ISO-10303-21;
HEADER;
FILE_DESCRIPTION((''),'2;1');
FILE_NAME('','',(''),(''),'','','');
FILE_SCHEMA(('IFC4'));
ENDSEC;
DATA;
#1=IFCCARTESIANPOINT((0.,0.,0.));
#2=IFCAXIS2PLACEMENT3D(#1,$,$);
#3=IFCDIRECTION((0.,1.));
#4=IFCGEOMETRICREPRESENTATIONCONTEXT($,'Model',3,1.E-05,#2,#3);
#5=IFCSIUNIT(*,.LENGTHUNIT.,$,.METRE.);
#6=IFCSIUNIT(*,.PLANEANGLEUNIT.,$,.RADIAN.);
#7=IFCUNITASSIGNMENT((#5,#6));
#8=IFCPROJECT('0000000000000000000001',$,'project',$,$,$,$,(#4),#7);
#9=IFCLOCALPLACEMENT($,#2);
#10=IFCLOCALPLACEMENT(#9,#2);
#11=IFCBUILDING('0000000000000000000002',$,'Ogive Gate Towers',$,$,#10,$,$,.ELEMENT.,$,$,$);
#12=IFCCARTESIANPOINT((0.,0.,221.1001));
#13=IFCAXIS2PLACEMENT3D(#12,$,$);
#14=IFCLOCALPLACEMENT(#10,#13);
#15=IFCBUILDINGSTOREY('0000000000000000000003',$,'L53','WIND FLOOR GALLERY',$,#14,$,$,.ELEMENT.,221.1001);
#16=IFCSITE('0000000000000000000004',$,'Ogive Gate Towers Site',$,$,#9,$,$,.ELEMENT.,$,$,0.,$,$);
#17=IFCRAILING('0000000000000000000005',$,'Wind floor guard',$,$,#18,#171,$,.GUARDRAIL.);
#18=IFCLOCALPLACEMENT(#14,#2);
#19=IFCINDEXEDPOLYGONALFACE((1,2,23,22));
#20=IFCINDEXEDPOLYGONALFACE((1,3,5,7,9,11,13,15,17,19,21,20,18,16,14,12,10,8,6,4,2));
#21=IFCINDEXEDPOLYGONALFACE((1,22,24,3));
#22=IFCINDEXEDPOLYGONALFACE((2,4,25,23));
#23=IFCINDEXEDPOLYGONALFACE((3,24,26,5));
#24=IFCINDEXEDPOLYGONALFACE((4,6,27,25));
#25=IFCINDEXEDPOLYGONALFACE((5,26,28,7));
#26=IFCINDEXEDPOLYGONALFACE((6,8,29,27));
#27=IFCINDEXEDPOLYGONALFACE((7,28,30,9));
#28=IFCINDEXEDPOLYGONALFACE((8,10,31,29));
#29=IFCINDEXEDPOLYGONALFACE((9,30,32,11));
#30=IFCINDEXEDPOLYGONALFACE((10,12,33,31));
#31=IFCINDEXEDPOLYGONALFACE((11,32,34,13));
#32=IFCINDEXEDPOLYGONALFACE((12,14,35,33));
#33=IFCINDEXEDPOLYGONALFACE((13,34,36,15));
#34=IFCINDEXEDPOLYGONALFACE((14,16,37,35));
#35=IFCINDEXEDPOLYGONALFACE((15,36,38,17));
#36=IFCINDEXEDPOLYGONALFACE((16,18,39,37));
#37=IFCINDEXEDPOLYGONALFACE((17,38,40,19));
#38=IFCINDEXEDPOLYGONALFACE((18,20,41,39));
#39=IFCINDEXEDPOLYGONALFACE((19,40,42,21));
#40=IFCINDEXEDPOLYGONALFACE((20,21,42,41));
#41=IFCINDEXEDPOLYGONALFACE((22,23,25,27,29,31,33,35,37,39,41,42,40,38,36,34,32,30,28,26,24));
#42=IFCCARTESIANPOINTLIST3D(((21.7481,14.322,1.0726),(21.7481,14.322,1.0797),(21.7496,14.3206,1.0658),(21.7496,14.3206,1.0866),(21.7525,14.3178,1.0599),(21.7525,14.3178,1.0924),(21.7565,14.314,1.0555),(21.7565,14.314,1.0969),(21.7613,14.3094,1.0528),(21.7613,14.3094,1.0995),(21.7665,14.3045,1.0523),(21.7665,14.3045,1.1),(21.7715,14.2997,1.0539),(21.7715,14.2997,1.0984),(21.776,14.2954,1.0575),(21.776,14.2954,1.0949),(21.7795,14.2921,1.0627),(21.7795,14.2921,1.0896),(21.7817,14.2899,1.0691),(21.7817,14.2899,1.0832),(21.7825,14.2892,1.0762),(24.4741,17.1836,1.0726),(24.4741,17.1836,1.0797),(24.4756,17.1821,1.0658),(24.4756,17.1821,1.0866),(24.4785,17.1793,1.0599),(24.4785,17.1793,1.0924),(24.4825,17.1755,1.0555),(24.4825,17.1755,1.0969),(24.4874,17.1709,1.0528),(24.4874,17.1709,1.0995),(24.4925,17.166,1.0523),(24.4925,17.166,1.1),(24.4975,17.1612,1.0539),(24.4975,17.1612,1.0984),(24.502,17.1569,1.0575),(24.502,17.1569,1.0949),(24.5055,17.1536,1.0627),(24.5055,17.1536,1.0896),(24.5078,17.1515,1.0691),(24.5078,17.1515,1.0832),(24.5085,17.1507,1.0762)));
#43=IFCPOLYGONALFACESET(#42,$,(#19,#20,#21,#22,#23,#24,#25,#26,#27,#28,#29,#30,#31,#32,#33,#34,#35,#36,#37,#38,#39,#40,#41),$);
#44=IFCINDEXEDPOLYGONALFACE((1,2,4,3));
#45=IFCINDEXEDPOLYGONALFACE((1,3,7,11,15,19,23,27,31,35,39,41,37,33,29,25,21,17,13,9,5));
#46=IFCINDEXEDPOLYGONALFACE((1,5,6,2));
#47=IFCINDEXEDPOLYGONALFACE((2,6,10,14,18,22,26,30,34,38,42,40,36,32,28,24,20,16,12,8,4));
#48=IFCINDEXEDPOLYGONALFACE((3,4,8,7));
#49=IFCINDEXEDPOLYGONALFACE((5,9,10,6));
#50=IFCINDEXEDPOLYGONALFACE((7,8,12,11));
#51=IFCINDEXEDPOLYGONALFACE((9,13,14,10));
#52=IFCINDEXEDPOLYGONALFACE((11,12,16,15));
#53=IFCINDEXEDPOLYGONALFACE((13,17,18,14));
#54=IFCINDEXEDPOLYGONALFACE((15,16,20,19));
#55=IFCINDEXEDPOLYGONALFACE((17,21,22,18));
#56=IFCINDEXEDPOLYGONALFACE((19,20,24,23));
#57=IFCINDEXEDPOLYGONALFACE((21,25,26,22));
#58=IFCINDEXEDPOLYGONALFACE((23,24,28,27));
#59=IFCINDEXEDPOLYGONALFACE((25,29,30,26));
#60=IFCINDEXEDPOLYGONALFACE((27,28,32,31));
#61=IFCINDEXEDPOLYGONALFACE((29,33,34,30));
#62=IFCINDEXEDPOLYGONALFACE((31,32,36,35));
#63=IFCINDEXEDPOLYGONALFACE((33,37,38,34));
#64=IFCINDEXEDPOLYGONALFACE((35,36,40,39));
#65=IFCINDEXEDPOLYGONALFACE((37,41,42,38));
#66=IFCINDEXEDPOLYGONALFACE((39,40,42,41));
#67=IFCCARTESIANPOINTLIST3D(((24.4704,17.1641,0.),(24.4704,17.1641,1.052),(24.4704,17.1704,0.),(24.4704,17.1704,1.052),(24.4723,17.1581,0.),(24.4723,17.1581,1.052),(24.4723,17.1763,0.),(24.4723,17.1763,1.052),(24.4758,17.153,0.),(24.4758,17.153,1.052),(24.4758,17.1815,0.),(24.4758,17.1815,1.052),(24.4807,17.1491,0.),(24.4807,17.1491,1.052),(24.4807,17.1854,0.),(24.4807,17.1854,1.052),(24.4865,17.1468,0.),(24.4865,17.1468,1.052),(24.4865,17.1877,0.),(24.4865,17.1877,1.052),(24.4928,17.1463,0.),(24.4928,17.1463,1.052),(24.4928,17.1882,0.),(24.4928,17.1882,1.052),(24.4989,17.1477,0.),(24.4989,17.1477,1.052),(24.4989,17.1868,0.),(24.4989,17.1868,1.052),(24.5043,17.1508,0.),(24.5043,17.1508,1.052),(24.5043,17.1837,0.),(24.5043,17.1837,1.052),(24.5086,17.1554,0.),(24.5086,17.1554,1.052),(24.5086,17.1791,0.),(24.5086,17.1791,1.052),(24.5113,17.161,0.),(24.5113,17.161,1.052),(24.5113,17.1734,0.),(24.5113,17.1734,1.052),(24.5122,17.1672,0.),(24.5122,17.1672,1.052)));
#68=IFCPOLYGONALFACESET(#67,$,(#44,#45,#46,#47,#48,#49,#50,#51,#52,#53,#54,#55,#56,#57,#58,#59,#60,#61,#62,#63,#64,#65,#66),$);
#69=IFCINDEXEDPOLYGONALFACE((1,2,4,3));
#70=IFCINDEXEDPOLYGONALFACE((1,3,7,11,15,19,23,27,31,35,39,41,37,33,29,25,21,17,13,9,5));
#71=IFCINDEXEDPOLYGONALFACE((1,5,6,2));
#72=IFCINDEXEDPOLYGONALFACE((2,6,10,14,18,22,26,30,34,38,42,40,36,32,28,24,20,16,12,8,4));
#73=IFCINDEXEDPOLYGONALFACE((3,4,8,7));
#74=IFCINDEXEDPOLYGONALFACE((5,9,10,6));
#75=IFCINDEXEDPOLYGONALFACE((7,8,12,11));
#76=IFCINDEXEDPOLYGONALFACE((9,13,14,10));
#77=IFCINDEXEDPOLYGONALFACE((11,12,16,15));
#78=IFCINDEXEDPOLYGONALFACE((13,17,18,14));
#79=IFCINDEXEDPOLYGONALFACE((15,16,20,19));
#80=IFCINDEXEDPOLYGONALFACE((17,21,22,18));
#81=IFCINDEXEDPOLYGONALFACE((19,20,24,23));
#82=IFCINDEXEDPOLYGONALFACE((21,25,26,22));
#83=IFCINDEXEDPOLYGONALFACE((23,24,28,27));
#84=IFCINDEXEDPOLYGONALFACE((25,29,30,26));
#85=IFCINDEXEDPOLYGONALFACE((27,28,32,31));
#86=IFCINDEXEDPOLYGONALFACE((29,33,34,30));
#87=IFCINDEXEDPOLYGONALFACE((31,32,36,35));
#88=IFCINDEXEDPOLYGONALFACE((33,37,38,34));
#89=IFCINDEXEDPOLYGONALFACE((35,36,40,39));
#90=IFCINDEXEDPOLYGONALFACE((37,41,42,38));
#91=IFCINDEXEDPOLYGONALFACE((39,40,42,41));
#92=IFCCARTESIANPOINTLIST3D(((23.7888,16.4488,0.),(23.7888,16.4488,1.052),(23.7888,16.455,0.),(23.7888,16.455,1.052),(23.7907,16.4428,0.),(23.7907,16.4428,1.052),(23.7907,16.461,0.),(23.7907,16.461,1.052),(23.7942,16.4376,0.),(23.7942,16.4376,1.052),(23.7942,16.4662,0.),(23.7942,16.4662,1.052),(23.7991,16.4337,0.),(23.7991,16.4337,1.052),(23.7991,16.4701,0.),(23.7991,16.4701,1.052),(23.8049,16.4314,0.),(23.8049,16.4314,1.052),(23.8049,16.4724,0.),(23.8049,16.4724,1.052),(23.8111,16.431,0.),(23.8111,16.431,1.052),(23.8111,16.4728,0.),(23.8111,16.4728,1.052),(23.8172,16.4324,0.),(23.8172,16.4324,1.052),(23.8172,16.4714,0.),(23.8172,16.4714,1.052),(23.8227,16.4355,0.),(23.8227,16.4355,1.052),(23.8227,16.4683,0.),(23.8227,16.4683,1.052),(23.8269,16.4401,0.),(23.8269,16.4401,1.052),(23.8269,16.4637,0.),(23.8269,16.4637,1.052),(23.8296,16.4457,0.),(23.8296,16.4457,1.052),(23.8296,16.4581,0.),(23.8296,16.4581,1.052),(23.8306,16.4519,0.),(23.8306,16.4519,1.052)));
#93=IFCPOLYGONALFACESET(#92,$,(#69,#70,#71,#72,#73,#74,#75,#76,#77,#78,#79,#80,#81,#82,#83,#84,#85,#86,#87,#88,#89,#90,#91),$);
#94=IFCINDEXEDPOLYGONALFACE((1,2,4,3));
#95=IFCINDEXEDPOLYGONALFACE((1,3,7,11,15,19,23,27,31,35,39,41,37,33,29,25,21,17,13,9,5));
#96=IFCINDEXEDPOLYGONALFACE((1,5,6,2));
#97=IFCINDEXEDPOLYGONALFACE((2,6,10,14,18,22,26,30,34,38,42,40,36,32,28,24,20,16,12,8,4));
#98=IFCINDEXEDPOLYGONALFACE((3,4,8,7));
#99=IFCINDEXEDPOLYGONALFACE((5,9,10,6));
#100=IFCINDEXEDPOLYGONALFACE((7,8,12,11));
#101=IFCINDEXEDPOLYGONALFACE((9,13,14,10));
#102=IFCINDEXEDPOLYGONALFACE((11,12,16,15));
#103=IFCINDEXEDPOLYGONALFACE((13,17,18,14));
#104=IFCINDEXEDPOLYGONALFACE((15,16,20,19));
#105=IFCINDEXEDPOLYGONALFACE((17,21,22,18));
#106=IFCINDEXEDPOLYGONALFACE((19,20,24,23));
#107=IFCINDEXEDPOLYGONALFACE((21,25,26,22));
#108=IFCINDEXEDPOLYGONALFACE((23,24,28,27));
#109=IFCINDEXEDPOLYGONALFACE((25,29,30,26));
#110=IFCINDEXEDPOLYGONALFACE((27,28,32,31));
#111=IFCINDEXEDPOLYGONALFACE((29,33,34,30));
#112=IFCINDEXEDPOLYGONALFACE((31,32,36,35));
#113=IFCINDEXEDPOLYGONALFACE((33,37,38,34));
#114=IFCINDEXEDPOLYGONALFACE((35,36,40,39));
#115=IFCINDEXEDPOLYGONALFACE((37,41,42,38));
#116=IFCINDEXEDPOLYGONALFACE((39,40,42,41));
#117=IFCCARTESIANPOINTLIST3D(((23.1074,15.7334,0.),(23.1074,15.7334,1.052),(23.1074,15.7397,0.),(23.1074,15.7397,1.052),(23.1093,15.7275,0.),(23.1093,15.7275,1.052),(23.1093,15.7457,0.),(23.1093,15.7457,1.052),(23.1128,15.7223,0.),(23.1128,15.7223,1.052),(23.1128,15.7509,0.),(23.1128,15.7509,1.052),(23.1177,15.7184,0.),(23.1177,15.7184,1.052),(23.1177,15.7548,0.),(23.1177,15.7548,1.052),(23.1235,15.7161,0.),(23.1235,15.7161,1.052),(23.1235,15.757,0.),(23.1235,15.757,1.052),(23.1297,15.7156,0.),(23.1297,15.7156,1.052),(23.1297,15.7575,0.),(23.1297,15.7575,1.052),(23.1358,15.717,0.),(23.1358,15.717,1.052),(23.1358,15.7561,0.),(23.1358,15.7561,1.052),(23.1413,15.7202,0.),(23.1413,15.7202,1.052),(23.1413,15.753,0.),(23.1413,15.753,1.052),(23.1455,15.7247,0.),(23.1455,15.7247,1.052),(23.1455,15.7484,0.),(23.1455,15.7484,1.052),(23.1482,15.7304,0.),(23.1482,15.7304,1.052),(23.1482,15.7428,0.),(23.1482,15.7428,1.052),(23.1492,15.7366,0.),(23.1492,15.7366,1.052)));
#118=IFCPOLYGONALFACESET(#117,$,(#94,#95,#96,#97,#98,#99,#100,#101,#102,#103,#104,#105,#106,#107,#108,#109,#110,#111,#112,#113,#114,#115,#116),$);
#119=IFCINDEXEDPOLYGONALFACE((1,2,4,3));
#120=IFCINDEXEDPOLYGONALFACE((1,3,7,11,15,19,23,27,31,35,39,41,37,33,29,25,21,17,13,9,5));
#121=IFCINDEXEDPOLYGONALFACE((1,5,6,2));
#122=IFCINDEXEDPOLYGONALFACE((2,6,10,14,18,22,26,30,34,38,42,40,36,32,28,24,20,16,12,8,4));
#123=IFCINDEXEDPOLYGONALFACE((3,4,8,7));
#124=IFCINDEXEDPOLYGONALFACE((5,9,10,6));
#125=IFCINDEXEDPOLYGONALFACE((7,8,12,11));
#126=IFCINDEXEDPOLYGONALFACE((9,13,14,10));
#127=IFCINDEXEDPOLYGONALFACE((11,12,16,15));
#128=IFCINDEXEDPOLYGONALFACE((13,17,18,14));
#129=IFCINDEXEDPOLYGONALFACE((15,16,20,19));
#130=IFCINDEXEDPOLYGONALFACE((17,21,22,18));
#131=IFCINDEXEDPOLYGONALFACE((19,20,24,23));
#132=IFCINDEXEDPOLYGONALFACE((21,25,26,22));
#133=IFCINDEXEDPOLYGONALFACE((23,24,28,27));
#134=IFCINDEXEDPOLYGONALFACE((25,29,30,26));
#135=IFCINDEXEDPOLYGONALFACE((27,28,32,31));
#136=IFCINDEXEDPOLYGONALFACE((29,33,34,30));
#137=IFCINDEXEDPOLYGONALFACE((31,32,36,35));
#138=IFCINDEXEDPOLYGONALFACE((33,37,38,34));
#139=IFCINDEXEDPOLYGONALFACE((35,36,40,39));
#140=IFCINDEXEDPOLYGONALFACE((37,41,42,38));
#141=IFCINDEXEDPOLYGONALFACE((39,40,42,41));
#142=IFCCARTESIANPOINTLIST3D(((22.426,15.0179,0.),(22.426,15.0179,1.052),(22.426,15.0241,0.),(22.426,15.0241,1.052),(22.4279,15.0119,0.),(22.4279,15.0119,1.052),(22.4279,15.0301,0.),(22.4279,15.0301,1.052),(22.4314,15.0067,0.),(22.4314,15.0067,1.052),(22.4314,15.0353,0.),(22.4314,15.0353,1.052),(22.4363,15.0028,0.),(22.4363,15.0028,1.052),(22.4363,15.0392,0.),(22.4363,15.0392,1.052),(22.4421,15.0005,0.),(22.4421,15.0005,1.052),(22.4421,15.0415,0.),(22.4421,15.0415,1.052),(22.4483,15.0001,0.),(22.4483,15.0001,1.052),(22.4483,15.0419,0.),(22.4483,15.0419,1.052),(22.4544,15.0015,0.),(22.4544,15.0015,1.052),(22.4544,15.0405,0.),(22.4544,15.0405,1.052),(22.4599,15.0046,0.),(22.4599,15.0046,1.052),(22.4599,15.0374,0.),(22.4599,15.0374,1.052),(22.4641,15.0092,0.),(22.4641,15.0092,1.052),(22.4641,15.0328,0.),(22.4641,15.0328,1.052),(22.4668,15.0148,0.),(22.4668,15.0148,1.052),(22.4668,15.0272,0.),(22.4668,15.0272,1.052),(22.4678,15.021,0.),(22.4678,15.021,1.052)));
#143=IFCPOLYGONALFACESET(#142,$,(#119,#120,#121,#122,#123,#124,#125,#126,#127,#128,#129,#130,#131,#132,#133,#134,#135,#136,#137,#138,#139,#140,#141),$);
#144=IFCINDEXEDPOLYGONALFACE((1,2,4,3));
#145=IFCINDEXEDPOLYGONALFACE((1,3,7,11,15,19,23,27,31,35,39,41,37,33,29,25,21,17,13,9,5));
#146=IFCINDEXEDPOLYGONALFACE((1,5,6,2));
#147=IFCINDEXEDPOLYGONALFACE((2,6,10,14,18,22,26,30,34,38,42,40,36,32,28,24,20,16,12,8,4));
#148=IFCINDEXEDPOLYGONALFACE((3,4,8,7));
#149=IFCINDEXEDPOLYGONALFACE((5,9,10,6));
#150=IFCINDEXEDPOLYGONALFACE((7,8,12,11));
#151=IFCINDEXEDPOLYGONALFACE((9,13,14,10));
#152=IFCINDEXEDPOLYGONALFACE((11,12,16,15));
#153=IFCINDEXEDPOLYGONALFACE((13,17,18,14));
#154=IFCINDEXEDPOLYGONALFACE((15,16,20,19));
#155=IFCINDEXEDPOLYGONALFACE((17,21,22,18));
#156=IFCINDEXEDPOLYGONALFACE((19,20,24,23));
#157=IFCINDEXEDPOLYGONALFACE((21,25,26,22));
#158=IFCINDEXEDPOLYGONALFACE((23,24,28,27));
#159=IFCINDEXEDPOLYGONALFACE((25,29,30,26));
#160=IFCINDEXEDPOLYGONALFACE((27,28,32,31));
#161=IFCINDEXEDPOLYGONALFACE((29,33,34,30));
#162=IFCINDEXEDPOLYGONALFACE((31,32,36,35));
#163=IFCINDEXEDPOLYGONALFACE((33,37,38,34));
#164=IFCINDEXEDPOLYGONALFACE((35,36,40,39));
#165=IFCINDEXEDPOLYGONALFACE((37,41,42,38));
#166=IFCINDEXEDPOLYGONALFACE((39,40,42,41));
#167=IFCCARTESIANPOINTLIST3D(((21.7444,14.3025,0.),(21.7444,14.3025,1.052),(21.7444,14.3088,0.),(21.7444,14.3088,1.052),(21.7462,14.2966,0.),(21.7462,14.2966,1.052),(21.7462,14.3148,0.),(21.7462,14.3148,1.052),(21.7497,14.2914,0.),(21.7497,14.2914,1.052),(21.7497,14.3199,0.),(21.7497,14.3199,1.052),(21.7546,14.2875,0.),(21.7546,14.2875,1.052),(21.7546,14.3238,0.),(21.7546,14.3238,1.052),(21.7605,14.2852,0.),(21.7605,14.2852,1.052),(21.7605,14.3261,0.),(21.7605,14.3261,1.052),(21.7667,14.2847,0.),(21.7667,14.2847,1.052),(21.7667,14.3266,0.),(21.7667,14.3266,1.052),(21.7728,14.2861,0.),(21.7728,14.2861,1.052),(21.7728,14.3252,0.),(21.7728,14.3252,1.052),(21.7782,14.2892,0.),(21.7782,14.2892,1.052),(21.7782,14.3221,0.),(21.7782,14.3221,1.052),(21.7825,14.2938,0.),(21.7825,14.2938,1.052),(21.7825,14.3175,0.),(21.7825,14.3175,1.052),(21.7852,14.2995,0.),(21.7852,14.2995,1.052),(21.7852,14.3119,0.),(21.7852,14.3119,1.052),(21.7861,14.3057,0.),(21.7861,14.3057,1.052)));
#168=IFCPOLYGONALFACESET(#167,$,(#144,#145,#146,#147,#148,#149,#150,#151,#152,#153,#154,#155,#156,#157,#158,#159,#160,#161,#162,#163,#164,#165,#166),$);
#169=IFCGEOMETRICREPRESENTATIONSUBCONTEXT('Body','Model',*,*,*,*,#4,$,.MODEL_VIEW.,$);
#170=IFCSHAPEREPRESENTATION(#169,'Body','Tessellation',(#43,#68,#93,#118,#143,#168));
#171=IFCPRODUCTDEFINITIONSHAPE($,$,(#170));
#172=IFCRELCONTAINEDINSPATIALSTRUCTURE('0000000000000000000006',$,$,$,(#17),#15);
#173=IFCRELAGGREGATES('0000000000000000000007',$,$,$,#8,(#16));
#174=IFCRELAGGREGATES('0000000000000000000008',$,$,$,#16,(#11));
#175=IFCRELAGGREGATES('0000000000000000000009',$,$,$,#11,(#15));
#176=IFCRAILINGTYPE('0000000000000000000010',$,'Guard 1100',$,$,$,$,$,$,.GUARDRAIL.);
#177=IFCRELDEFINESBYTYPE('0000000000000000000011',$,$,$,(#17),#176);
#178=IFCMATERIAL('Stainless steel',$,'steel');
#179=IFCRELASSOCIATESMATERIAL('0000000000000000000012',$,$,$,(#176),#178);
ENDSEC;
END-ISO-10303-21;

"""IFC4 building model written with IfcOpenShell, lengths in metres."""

from ifc_helpers import new_model, si_unit, direction, frame, origin, origin_2d, place, context, subcontext, project, spatial, circle, extrude, material, type_object, element, save


model = new_model("IFC4")

# Units and contexts
model_context = context("Model", 3, precision=1e-05, world=origin(), true_north=direction((0.0, 1.0)))
body_context = subcontext(model_context, "Body", "Model", "MODEL_VIEW")
ifc_project = project(units=[si_unit("LENGTHUNIT", "METRE"), si_unit("PLANEANGLEUNIT", "RADIAN")], contexts=[model_context])

# Site, building, storey
site_placement = place(None, origin())
site = spatial("IfcSite", under=ifc_project, at=site_placement, Name="Ogive Gate Towers Site", CompositionType="ELEMENT", RefElevation=0.0)
building_placement = place(site_placement, origin())
building = spatial("IfcBuilding", under=site, at=building_placement, Name="Ogive Gate Towers", CompositionType="ELEMENT")
storey_placement = place(building_placement, frame((0.0, 0.0, 221.1001)))
storey = spatial("IfcBuildingStorey", under=building, at=storey_placement, Name="L53", Description="WIND FLOOR GALLERY", CompositionType="ELEMENT", Elevation=221.1001)

# Railing
ifc_material_1 = material(Name="Stainless steel", Category="steel")
railing_type = type_object("IfcRailingType", Name="Guard 1100", PredefinedType="GUARDRAIL", material=ifc_material_1)
railing_1_placement = place(storey_placement, frame((24.4912, 17.1672, 0.0)))
element("IfcRailing", 1, at=railing_1_placement, inside=storey, type_object=railing_type, Name="Wind floor guard", PredefinedType="GUARDRAIL", context=body_context, shape_type="SweptSolid", body=[
    extrude(circle(Radius=0.0239, at=origin_2d()), frame((0.0, 0.0, 1.0762), z_axis=(-0.689757, -0.724041, 0.0), x_axis=(0.724041, -0.689757, 0.0)), (0.0, 0.0, 1.0), 3.9521),
    extrude(circle(Radius=0.021, at=origin_2d()), origin(), (0.0, 0.0, 1.0), 1.052),
    extrude(circle(Radius=0.021, at=origin_2d()), frame((-0.6816, -0.7153, 0.0)), (0.0, 0.0, 1.0), 1.052),
    extrude(circle(Radius=0.021, at=origin_2d()), frame((-1.363, -1.4307, 0.0)), (0.0, 0.0, 1.0), 1.052),
    extrude(circle(Radius=0.021, at=origin_2d()), frame((-2.0444, -2.1462, 0.0)), (0.0, 0.0, 1.0), 1.052),
    extrude(circle(Radius=0.021, at=origin_2d()), frame((-2.7261, -2.8616, 0.0)), (0.0, 0.0, 1.0), 1.052),
])

save(model, "model.ifc")
